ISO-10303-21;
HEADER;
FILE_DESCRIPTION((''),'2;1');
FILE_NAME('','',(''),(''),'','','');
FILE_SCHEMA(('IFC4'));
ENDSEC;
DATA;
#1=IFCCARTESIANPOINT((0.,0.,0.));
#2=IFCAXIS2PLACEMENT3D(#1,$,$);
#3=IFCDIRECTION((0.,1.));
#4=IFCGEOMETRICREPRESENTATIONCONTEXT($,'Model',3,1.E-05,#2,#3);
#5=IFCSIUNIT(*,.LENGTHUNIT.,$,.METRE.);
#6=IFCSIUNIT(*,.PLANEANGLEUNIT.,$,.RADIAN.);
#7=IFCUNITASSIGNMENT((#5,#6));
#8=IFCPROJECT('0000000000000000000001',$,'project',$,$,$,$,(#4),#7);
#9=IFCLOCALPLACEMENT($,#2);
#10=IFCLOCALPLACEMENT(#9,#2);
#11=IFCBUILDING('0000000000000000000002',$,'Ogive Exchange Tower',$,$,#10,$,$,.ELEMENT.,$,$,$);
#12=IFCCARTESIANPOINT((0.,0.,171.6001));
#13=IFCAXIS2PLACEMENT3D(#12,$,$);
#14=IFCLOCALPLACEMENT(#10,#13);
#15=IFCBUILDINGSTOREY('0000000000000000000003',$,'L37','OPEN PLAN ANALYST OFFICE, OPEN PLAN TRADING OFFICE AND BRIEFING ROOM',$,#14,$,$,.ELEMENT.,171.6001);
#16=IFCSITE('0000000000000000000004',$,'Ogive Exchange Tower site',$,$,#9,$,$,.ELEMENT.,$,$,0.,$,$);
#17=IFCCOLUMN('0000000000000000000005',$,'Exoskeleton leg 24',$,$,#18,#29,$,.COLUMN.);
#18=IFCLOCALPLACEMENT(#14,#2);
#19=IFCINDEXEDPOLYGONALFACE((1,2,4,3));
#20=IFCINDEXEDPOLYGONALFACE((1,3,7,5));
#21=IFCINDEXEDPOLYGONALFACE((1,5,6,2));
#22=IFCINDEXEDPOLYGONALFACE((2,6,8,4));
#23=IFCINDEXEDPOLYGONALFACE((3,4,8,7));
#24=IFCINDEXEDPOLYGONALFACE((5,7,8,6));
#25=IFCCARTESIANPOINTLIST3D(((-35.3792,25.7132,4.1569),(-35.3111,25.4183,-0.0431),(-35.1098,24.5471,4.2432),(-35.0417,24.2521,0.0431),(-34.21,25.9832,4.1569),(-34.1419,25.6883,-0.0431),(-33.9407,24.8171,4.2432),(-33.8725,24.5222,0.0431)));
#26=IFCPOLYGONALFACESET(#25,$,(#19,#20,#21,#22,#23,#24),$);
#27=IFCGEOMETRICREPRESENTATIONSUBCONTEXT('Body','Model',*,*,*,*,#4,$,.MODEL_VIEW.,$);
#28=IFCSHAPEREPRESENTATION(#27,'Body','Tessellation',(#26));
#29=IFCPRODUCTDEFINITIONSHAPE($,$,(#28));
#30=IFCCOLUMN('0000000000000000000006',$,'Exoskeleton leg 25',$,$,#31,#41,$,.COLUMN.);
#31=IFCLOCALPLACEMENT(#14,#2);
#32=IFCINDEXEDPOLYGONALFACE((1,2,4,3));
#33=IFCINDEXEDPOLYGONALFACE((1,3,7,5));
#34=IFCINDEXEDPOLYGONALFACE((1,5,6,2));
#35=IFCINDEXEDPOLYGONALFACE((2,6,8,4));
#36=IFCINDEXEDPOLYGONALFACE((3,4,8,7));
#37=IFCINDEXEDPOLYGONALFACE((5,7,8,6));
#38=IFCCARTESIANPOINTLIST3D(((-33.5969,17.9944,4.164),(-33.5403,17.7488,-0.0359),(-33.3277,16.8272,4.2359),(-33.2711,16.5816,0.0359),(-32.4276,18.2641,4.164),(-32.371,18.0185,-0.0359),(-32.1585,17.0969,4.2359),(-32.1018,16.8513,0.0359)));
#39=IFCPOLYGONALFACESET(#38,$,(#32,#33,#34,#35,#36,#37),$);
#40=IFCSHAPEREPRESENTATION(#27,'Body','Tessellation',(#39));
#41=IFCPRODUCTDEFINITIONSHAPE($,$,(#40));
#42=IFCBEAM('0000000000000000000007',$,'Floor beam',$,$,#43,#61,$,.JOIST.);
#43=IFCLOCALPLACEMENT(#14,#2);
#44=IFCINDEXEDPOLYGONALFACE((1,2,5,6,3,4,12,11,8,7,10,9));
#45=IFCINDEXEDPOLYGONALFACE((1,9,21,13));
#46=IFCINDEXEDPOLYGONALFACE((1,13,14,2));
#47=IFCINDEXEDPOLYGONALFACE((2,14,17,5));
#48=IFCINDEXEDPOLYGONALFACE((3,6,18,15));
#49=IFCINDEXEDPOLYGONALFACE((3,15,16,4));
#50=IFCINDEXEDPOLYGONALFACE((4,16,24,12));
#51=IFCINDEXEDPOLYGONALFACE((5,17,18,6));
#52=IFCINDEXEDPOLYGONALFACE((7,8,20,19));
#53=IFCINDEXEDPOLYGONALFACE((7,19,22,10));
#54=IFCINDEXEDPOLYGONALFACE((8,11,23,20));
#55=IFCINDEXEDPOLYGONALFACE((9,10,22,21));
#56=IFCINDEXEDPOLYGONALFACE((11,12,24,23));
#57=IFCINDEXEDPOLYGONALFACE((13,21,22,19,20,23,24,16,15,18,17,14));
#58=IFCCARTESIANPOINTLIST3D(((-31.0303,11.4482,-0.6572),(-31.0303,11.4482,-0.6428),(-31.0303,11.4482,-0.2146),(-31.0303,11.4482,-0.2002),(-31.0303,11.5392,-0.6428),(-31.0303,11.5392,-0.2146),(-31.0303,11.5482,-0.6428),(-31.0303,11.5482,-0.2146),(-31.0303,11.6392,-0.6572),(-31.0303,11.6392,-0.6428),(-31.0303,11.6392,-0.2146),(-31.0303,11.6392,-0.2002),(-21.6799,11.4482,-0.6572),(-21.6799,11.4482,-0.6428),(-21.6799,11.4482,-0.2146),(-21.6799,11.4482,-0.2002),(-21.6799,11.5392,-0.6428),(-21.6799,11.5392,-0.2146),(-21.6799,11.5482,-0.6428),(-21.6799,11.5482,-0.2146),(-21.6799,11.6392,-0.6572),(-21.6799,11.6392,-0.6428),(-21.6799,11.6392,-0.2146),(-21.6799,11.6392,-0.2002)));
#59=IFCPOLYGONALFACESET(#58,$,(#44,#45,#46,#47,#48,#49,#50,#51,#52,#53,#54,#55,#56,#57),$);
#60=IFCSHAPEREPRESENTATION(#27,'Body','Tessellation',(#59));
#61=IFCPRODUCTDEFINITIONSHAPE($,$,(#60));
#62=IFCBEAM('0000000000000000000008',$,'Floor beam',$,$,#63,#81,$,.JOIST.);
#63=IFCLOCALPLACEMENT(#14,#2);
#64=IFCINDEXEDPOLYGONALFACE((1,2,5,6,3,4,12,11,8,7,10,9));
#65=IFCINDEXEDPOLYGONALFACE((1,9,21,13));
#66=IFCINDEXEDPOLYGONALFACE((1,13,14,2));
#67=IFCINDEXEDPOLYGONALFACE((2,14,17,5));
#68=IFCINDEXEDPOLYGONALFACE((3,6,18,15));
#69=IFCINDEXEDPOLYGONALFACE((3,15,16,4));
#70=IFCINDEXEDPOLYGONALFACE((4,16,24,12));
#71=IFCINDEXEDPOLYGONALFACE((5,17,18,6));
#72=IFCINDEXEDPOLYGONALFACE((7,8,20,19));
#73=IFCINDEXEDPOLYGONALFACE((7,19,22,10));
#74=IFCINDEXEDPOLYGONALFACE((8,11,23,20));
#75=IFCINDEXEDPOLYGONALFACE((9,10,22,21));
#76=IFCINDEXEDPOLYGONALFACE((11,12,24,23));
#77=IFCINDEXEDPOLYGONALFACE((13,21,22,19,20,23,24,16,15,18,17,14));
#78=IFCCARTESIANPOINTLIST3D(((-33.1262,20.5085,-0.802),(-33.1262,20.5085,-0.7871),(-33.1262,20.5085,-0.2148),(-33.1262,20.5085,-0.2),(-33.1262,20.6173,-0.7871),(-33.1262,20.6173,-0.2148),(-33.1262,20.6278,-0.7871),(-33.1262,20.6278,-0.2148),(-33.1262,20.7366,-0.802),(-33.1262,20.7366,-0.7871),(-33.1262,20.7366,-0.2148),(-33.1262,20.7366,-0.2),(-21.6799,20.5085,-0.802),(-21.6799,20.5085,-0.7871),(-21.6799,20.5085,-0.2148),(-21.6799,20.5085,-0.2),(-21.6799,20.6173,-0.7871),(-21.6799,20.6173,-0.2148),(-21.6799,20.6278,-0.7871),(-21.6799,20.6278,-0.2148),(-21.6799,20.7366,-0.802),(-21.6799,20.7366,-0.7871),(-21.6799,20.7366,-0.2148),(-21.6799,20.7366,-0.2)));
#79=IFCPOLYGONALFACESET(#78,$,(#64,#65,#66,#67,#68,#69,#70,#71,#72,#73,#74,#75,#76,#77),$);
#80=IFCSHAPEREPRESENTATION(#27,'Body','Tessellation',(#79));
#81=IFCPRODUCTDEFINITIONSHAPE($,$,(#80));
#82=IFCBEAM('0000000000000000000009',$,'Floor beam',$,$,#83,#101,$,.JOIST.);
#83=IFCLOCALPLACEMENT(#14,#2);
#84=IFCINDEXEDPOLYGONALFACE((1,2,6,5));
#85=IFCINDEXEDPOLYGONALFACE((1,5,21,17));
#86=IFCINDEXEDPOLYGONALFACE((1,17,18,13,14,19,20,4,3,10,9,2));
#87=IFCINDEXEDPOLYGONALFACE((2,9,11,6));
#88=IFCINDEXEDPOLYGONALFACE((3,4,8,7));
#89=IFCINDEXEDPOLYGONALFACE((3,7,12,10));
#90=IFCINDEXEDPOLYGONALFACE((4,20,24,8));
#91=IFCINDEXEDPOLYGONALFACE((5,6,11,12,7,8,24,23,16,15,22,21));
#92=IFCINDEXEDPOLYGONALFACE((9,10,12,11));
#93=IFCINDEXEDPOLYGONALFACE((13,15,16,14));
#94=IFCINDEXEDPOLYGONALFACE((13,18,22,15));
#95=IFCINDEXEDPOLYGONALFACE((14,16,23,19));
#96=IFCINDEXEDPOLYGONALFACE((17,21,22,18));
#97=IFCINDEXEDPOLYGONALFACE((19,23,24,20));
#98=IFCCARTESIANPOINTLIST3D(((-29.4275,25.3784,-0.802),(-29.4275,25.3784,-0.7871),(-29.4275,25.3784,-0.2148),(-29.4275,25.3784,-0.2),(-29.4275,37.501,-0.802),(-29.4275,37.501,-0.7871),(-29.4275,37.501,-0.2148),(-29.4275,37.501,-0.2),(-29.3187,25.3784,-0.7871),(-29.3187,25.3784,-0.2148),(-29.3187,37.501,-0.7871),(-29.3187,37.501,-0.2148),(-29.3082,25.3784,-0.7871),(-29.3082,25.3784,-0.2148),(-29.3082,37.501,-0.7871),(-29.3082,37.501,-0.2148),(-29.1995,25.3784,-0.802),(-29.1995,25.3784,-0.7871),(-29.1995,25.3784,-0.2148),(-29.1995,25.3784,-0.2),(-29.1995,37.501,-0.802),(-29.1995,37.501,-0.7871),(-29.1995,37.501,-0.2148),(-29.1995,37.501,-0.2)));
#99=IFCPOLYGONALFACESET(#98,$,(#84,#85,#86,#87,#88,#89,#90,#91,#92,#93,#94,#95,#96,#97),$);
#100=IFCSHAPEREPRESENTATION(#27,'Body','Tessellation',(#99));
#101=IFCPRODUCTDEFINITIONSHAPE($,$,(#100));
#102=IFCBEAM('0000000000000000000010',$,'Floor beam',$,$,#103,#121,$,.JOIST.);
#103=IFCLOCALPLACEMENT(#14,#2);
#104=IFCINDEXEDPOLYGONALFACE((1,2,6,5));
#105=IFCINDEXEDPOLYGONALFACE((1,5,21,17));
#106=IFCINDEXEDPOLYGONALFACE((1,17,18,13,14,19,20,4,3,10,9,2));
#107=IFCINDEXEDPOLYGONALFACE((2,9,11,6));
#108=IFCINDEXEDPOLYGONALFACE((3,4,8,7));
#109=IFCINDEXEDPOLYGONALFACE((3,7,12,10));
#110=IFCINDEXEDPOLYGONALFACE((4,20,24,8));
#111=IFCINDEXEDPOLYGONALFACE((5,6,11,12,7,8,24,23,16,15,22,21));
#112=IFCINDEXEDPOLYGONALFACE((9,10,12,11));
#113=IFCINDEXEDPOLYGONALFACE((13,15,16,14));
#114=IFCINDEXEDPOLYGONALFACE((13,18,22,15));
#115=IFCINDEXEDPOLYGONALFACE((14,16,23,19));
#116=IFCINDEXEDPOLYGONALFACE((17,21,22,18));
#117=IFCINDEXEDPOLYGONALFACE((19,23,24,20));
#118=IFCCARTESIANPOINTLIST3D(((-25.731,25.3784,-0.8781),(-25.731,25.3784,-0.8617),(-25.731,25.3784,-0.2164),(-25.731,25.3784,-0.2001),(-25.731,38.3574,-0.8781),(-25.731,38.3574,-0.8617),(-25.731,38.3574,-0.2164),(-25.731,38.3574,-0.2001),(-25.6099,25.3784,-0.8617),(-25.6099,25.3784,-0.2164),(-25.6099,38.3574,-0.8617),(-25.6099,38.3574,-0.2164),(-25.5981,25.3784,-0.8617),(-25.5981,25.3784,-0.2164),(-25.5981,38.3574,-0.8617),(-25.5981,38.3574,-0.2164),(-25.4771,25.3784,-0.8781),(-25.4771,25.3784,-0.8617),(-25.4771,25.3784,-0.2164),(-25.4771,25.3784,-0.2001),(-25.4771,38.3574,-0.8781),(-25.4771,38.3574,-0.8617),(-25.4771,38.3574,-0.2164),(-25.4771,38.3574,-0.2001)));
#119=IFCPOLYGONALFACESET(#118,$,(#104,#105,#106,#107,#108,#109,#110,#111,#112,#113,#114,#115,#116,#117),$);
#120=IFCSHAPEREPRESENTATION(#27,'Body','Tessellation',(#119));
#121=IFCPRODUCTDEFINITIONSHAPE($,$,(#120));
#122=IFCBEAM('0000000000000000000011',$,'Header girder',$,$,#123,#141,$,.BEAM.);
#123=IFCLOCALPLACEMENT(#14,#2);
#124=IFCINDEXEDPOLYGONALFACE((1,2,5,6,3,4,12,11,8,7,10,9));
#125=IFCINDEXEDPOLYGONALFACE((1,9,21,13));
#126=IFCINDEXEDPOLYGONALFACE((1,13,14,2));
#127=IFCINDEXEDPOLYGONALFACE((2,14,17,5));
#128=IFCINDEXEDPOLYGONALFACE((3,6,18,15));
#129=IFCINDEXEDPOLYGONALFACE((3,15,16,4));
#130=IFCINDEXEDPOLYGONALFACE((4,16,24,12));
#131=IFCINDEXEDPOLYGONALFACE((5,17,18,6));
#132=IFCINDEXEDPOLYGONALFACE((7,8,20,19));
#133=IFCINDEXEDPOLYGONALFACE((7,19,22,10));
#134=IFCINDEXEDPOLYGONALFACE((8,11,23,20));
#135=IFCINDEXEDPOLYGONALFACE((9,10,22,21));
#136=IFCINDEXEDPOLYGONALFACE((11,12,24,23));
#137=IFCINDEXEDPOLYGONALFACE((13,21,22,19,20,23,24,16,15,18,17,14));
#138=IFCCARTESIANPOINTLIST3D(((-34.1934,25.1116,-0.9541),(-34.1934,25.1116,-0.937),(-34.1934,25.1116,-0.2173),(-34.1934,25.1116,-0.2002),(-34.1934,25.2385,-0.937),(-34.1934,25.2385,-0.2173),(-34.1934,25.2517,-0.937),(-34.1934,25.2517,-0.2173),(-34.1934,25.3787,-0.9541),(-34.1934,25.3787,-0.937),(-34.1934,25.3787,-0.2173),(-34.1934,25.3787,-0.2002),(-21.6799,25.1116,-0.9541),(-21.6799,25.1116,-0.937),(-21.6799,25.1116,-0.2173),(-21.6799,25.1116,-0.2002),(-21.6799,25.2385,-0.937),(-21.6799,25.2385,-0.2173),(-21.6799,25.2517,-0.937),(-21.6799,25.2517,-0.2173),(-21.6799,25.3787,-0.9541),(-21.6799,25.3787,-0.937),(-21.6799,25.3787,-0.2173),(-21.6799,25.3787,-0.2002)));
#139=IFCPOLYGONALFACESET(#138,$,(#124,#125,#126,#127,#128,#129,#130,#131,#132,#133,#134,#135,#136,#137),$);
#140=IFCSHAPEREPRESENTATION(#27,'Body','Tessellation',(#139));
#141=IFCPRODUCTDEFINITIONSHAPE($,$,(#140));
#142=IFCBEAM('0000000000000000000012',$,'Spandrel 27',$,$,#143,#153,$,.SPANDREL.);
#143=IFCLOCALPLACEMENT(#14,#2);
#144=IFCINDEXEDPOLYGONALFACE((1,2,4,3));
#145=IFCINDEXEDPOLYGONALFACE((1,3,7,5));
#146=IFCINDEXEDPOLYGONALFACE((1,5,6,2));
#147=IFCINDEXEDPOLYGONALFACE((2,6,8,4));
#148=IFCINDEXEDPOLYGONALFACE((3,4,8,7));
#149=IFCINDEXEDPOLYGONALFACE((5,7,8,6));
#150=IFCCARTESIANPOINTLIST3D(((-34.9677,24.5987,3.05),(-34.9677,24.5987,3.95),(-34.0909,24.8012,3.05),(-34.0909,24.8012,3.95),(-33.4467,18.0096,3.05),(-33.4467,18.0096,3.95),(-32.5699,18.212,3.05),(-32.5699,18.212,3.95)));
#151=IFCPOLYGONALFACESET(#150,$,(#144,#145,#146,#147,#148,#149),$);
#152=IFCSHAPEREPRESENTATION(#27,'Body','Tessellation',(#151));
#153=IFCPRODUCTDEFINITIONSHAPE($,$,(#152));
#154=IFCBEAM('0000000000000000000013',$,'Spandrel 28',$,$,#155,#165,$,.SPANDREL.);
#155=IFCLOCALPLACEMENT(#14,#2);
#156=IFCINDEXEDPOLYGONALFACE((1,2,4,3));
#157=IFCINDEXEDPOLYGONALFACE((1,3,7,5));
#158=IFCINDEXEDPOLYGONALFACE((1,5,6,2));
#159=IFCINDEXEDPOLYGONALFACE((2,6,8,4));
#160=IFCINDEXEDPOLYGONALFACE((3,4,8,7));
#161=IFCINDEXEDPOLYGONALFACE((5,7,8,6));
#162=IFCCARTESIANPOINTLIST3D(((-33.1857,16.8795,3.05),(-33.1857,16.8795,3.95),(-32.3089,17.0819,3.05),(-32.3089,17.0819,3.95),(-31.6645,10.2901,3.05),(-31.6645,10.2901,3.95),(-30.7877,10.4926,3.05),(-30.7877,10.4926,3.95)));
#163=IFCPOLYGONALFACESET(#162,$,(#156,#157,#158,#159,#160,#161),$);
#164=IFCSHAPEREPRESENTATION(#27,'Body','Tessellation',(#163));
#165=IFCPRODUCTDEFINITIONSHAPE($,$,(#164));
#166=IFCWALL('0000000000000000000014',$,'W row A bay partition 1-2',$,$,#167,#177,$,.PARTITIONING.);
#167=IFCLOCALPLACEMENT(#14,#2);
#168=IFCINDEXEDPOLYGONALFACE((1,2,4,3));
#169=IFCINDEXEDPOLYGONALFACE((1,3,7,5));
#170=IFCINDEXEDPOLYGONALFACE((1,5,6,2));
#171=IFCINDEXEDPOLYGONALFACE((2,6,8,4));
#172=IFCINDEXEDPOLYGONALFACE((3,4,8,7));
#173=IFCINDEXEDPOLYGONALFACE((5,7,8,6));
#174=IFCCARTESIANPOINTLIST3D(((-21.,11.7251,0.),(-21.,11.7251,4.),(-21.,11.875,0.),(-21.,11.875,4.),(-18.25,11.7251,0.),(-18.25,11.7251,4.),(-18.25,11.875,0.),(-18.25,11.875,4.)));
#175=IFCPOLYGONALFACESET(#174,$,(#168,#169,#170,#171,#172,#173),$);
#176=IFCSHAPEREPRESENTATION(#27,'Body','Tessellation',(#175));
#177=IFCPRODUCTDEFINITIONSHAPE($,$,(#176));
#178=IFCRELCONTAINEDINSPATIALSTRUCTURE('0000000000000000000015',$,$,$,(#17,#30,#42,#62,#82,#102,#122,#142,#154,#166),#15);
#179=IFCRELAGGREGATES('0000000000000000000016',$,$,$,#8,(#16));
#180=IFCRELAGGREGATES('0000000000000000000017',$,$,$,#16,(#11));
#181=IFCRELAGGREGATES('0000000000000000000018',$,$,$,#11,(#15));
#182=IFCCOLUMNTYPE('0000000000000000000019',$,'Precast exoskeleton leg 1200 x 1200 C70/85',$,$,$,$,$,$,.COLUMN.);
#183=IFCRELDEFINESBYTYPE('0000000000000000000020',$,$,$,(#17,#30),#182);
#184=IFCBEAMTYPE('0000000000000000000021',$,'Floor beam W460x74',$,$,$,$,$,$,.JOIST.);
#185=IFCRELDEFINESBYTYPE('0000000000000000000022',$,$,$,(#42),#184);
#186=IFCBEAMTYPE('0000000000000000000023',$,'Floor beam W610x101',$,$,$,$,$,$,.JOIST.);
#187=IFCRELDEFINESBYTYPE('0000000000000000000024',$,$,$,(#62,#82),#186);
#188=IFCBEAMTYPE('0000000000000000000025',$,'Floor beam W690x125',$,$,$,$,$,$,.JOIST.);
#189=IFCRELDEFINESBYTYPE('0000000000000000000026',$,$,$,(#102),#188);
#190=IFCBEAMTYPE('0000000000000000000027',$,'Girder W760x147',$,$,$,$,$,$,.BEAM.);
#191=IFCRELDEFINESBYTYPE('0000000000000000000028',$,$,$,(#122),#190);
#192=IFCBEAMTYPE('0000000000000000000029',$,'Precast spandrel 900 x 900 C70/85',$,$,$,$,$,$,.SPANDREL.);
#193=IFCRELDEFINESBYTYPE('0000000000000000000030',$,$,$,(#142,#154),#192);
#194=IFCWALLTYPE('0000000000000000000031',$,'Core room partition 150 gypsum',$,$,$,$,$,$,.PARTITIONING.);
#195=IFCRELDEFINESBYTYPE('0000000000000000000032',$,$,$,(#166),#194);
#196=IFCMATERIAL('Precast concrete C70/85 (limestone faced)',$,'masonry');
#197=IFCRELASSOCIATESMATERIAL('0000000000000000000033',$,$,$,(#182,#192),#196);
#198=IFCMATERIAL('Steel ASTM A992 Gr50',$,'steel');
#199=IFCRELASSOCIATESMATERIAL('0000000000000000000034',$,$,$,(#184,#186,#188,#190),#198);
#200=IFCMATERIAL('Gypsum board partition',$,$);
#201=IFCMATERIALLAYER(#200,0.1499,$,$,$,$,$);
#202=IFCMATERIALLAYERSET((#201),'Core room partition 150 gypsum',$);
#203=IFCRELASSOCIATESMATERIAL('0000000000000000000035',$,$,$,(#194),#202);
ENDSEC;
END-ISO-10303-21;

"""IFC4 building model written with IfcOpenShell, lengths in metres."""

from ifc_helpers import new_model, si_unit, direction, frame, frame_2d, origin, origin_2d, place, context, subcontext, project, spatial, rectangle, i_section, extrude, material, layer, layer_set, material_profile, profile_set, type_object, element, save


model = new_model("IFC4")

# Units and contexts
model_context = context("Model", 3, precision=1e-05, world=origin(), true_north=direction((0.0, 1.0)))
body_context = subcontext(model_context, "Body", "Model", "MODEL_VIEW")
ifc_project = project(units=[si_unit("LENGTHUNIT", "METRE"), si_unit("PLANEANGLEUNIT", "RADIAN")], contexts=[model_context])

# Site, building, storey
site_placement = place(None, origin())
site = spatial("IfcSite", under=ifc_project, at=site_placement, Name="Ogive Exchange Tower site", CompositionType="ELEMENT", RefElevation=0.0)
building_placement = place(site_placement, origin())
building = spatial("IfcBuilding", under=site, at=building_placement, Name="Ogive Exchange Tower", CompositionType="ELEMENT")
storey_placement = place(building_placement, frame((0.0, 0.0, 171.6001)))
storey = spatial("IfcBuildingStorey", under=building, at=storey_placement, Name="L37", Description="OPEN PLAN ANALYST OFFICE, OPEN PLAN TRADING OFFICE AND BRIEFING ROOM", CompositionType="ELEMENT", Elevation=171.6001)

# Columns
ifc_material_1 = material(Name="Precast concrete C70/85 (limestone faced)", Category="masonry")
ifc_material_profile_1 = material_profile(ifc_material_1, rectangle(XDim=1.2, YDim=1.2, at=origin_2d()), Name="1200 x 1200")
ifc_profile_set_1 = profile_set([ifc_material_profile_1], Name="Precast concrete C70/85 (limestone faced)")
column_type = type_object("IfcColumnType", Name="Precast exoskeleton leg 1200 x 1200 C70/85", PredefinedType="COLUMN", material=ifc_profile_set_1)
column_1_placement = place(storey_placement, frame((-34.5918, 24.9702, 0.0), z_axis=(-0.016176, 0.070039, 0.997413), x_axis=(-0.97435, -0.225036, 0.0)))
element("IfcColumn", 1, at=column_1_placement, inside=storey, type_object=column_type, Name="Exoskeleton leg 24", PredefinedType="COLUMN", context=body_context, shape_type="SweptSolid", body=[
    extrude(rectangle(XDim=1.2, YDim=1.2, at=origin_2d()), origin(), (0.0, 0.0, 1.0), 4.2109),
])
column_2_placement = place(storey_placement, frame((-32.821, 17.3, 0.0), z_axis=(-0.013462, 0.058373, 0.998204), x_axis=(-0.974424, -0.224718, 0.0)))
element("IfcColumn", 2, at=column_2_placement, inside=storey, type_object=column_type, Name="Exoskeleton leg 25", PredefinedType="COLUMN", context=body_context, shape_type="SweptSolid", body=[
    extrude(rectangle(XDim=1.2, YDim=1.2, at=origin_2d()), origin(), (0.0, 0.0, 1.0), 4.2075),
])

# Beams
ifc_material_2 = material(Name="Steel ASTM A992 Gr50", Category="steel")
ifc_material_profile_2 = material_profile(ifc_material_2, i_section(OverallWidth=0.1909, OverallDepth=0.457, WebThickness=0.009, FlangeThickness=0.0144, at=origin_2d()), Name="W460x74")
ifc_profile_set_2 = profile_set([ifc_material_profile_2], Name="Steel ASTM A992 Gr50")
beam_type_1 = type_object("IfcBeamType", Name="Floor beam W460x74", PredefinedType="JOIST", material=ifc_profile_set_2)
beam_1_placement = place(storey_placement, frame((-31.0303, 11.5437, -0.4287), z_axis=(1.0, 0.0, 0.0), x_axis=(0.0, 1.0, 0.0)))
element("IfcBeam", 3, at=beam_1_placement, inside=storey, type_object=beam_type_1, Name="Floor beam", PredefinedType="JOIST", context=body_context, shape_type="SweptSolid", body=[
    extrude(i_section(OverallWidth=0.1909, OverallDepth=0.457, WebThickness=0.009, FlangeThickness=0.0144, at=origin_2d()), origin(), (0.0, 0.0, 1.0), 9.3503),
])
ifc_material_profile_3 = material_profile(ifc_material_2, i_section(OverallWidth=0.228, OverallDepth=0.6021, WebThickness=0.0105, FlangeThickness=0.0149, at=origin_2d()), Name="W610x101")
ifc_profile_set_3 = profile_set([ifc_material_profile_3], Name="Steel ASTM A992 Gr50")
beam_type_2 = type_object("IfcBeamType", Name="Floor beam W610x101", PredefinedType="JOIST", material=ifc_profile_set_3)
beam_2_placement = place(storey_placement, frame((-33.1262, 20.6226, -0.501), z_axis=(1.0, 0.0, 0.0), x_axis=(0.0, 1.0, 0.0)))
element("IfcBeam", 4, at=beam_2_placement, inside=storey, type_object=beam_type_2, Name="Floor beam", PredefinedType="JOIST", context=body_context, shape_type="SweptSolid", body=[
    extrude(i_section(OverallWidth=0.228, OverallDepth=0.6021, WebThickness=0.0105, FlangeThickness=0.0149, at=origin_2d()), origin(), (0.0, 0.0, 1.0), 11.4463),
])
beam_3_placement = place(storey_placement, frame((-29.3135, 25.3784, -0.501), z_axis=(0.0, 1.0, 0.0), x_axis=(-1.0, 0.0, 0.0)))
element("IfcBeam", 5, at=beam_3_placement, inside=storey, type_object=beam_type_2, Name="Floor beam", PredefinedType="JOIST", context=body_context, shape_type="SweptSolid", body=[
    extrude(i_section(OverallWidth=0.228, OverallDepth=0.6021, WebThickness=0.0105, FlangeThickness=0.0149, at=origin_2d()), origin(), (0.0, 0.0, 1.0), 12.1226),
])
ifc_material_profile_4 = material_profile(ifc_material_2, i_section(OverallWidth=0.2539, OverallDepth=0.678, WebThickness=0.0117, FlangeThickness=0.0164, at=origin_2d()), Name="W690x125")
ifc_profile_set_4 = profile_set([ifc_material_profile_4], Name="Steel ASTM A992 Gr50")
beam_type_3 = type_object("IfcBeamType", Name="Floor beam W690x125", PredefinedType="JOIST", material=ifc_profile_set_4)
beam_4_placement = place(storey_placement, frame((-25.604, 25.3784, -0.5391), z_axis=(0.0, 1.0, 0.0), x_axis=(-1.0, 0.0, 0.0)))
element("IfcBeam", 6, at=beam_4_placement, inside=storey, type_object=beam_type_3, Name="Floor beam", PredefinedType="JOIST", context=body_context, shape_type="SweptSolid", body=[
    extrude(i_section(OverallWidth=0.2539, OverallDepth=0.678, WebThickness=0.0117, FlangeThickness=0.0164, at=origin_2d()), origin(), (0.0, 0.0, 1.0), 12.979),
])
ifc_material_profile_5 = material_profile(ifc_material_2, i_section(OverallWidth=0.2671, OverallDepth=0.7539, WebThickness=0.0132, FlangeThickness=0.0171, at=origin_2d()), Name="W760x147")
ifc_profile_set_5 = profile_set([ifc_material_profile_5], Name="Steel ASTM A992 Gr50")
beam_type_4 = type_object("IfcBeamType", Name="Girder W760x147", PredefinedType="BEAM", material=ifc_profile_set_5)
beam_5_placement = place(storey_placement, frame((-34.1934, 25.2451, -0.5771), z_axis=(1.0, 0.0, 0.0), x_axis=(0.0, 1.0, 0.0)))
element("IfcBeam", 7, at=beam_5_placement, inside=storey, type_object=beam_type_4, Name="Header girder", PredefinedType="BEAM", context=body_context, shape_type="SweptSolid", body=[
    extrude(i_section(OverallWidth=0.2671, OverallDepth=0.7539, WebThickness=0.0132, FlangeThickness=0.0171, at=origin_2d()), origin(), (0.0, 0.0, 1.0), 12.5134),
])
ifc_material_profile_6 = material_profile(ifc_material_1, rectangle(XDim=0.8999, YDim=0.8999, at=origin_2d()), Name="900 x 900")
ifc_profile_set_6 = profile_set([ifc_material_profile_6], Name="Precast concrete C70/85 (limestone faced)")
beam_type_5 = type_object("IfcBeamType", Name="Precast spandrel 900 x 900 C70/85", PredefinedType="SPANDREL", material=ifc_profile_set_6)
beam_6_placement = place(storey_placement, frame((-34.5293, 24.7, 3.5), z_axis=(0.22492, -0.974377, 0.0), x_axis=(0.974377, 0.22492, 0.0)))
element("IfcBeam", 8, at=beam_6_placement, inside=storey, type_object=beam_type_5, Name="Spandrel 27", PredefinedType="SPANDREL", context=body_context, shape_type="SweptSolid", body=[
    extrude(rectangle(XDim=0.8999, YDim=0.8999, at=origin_2d()), origin(), (0.0, 0.0, 1.0), 6.7625),
])
beam_7_placement = place(storey_placement, frame((-32.7473, 16.9807, 3.5), z_axis=(0.224947, -0.974371, 0.0), x_axis=(0.974371, 0.224947, 0.0)))
element("IfcBeam", 9, at=beam_7_placement, inside=storey, type_object=beam_type_5, Name="Spandrel 28", PredefinedType="SPANDREL", context=body_context, shape_type="SweptSolid", body=[
    extrude(rectangle(XDim=0.8999, YDim=0.8999, at=origin_2d()), origin(), (0.0, 0.0, 1.0), 6.7627),
])

# Wall
ifc_material_3 = material(Name="Gypsum board partition")
ifc_layer_1 = layer(ifc_material_3, 0.1499)
ifc_layer_set_1 = layer_set([ifc_layer_1], Name="Core room partition 150 gypsum")
wall_type_1 = type_object("IfcWallType", Name="Core room partition 150 gypsum", PredefinedType="PARTITIONING", material=ifc_layer_set_1)
wall_1_placement = place(storey_placement, frame((-21.0, 11.8, 0.0), z_axis=(0.0, 0.0, 1.0), x_axis=(1.0, 0.0, 0.0)))
element("IfcWall", 10, at=wall_1_placement, inside=storey, type_object=wall_type_1, Name="W row A bay partition 1-2", PredefinedType="PARTITIONING", context=body_context, shape_type="SweptSolid", body=[
    extrude(rectangle(XDim=2.75, YDim=0.1499, at=frame_2d((1.375, 0.0))), origin(), (0.0, 0.0, 1.0), 4.0),
])

save(model, "model.ifc")
